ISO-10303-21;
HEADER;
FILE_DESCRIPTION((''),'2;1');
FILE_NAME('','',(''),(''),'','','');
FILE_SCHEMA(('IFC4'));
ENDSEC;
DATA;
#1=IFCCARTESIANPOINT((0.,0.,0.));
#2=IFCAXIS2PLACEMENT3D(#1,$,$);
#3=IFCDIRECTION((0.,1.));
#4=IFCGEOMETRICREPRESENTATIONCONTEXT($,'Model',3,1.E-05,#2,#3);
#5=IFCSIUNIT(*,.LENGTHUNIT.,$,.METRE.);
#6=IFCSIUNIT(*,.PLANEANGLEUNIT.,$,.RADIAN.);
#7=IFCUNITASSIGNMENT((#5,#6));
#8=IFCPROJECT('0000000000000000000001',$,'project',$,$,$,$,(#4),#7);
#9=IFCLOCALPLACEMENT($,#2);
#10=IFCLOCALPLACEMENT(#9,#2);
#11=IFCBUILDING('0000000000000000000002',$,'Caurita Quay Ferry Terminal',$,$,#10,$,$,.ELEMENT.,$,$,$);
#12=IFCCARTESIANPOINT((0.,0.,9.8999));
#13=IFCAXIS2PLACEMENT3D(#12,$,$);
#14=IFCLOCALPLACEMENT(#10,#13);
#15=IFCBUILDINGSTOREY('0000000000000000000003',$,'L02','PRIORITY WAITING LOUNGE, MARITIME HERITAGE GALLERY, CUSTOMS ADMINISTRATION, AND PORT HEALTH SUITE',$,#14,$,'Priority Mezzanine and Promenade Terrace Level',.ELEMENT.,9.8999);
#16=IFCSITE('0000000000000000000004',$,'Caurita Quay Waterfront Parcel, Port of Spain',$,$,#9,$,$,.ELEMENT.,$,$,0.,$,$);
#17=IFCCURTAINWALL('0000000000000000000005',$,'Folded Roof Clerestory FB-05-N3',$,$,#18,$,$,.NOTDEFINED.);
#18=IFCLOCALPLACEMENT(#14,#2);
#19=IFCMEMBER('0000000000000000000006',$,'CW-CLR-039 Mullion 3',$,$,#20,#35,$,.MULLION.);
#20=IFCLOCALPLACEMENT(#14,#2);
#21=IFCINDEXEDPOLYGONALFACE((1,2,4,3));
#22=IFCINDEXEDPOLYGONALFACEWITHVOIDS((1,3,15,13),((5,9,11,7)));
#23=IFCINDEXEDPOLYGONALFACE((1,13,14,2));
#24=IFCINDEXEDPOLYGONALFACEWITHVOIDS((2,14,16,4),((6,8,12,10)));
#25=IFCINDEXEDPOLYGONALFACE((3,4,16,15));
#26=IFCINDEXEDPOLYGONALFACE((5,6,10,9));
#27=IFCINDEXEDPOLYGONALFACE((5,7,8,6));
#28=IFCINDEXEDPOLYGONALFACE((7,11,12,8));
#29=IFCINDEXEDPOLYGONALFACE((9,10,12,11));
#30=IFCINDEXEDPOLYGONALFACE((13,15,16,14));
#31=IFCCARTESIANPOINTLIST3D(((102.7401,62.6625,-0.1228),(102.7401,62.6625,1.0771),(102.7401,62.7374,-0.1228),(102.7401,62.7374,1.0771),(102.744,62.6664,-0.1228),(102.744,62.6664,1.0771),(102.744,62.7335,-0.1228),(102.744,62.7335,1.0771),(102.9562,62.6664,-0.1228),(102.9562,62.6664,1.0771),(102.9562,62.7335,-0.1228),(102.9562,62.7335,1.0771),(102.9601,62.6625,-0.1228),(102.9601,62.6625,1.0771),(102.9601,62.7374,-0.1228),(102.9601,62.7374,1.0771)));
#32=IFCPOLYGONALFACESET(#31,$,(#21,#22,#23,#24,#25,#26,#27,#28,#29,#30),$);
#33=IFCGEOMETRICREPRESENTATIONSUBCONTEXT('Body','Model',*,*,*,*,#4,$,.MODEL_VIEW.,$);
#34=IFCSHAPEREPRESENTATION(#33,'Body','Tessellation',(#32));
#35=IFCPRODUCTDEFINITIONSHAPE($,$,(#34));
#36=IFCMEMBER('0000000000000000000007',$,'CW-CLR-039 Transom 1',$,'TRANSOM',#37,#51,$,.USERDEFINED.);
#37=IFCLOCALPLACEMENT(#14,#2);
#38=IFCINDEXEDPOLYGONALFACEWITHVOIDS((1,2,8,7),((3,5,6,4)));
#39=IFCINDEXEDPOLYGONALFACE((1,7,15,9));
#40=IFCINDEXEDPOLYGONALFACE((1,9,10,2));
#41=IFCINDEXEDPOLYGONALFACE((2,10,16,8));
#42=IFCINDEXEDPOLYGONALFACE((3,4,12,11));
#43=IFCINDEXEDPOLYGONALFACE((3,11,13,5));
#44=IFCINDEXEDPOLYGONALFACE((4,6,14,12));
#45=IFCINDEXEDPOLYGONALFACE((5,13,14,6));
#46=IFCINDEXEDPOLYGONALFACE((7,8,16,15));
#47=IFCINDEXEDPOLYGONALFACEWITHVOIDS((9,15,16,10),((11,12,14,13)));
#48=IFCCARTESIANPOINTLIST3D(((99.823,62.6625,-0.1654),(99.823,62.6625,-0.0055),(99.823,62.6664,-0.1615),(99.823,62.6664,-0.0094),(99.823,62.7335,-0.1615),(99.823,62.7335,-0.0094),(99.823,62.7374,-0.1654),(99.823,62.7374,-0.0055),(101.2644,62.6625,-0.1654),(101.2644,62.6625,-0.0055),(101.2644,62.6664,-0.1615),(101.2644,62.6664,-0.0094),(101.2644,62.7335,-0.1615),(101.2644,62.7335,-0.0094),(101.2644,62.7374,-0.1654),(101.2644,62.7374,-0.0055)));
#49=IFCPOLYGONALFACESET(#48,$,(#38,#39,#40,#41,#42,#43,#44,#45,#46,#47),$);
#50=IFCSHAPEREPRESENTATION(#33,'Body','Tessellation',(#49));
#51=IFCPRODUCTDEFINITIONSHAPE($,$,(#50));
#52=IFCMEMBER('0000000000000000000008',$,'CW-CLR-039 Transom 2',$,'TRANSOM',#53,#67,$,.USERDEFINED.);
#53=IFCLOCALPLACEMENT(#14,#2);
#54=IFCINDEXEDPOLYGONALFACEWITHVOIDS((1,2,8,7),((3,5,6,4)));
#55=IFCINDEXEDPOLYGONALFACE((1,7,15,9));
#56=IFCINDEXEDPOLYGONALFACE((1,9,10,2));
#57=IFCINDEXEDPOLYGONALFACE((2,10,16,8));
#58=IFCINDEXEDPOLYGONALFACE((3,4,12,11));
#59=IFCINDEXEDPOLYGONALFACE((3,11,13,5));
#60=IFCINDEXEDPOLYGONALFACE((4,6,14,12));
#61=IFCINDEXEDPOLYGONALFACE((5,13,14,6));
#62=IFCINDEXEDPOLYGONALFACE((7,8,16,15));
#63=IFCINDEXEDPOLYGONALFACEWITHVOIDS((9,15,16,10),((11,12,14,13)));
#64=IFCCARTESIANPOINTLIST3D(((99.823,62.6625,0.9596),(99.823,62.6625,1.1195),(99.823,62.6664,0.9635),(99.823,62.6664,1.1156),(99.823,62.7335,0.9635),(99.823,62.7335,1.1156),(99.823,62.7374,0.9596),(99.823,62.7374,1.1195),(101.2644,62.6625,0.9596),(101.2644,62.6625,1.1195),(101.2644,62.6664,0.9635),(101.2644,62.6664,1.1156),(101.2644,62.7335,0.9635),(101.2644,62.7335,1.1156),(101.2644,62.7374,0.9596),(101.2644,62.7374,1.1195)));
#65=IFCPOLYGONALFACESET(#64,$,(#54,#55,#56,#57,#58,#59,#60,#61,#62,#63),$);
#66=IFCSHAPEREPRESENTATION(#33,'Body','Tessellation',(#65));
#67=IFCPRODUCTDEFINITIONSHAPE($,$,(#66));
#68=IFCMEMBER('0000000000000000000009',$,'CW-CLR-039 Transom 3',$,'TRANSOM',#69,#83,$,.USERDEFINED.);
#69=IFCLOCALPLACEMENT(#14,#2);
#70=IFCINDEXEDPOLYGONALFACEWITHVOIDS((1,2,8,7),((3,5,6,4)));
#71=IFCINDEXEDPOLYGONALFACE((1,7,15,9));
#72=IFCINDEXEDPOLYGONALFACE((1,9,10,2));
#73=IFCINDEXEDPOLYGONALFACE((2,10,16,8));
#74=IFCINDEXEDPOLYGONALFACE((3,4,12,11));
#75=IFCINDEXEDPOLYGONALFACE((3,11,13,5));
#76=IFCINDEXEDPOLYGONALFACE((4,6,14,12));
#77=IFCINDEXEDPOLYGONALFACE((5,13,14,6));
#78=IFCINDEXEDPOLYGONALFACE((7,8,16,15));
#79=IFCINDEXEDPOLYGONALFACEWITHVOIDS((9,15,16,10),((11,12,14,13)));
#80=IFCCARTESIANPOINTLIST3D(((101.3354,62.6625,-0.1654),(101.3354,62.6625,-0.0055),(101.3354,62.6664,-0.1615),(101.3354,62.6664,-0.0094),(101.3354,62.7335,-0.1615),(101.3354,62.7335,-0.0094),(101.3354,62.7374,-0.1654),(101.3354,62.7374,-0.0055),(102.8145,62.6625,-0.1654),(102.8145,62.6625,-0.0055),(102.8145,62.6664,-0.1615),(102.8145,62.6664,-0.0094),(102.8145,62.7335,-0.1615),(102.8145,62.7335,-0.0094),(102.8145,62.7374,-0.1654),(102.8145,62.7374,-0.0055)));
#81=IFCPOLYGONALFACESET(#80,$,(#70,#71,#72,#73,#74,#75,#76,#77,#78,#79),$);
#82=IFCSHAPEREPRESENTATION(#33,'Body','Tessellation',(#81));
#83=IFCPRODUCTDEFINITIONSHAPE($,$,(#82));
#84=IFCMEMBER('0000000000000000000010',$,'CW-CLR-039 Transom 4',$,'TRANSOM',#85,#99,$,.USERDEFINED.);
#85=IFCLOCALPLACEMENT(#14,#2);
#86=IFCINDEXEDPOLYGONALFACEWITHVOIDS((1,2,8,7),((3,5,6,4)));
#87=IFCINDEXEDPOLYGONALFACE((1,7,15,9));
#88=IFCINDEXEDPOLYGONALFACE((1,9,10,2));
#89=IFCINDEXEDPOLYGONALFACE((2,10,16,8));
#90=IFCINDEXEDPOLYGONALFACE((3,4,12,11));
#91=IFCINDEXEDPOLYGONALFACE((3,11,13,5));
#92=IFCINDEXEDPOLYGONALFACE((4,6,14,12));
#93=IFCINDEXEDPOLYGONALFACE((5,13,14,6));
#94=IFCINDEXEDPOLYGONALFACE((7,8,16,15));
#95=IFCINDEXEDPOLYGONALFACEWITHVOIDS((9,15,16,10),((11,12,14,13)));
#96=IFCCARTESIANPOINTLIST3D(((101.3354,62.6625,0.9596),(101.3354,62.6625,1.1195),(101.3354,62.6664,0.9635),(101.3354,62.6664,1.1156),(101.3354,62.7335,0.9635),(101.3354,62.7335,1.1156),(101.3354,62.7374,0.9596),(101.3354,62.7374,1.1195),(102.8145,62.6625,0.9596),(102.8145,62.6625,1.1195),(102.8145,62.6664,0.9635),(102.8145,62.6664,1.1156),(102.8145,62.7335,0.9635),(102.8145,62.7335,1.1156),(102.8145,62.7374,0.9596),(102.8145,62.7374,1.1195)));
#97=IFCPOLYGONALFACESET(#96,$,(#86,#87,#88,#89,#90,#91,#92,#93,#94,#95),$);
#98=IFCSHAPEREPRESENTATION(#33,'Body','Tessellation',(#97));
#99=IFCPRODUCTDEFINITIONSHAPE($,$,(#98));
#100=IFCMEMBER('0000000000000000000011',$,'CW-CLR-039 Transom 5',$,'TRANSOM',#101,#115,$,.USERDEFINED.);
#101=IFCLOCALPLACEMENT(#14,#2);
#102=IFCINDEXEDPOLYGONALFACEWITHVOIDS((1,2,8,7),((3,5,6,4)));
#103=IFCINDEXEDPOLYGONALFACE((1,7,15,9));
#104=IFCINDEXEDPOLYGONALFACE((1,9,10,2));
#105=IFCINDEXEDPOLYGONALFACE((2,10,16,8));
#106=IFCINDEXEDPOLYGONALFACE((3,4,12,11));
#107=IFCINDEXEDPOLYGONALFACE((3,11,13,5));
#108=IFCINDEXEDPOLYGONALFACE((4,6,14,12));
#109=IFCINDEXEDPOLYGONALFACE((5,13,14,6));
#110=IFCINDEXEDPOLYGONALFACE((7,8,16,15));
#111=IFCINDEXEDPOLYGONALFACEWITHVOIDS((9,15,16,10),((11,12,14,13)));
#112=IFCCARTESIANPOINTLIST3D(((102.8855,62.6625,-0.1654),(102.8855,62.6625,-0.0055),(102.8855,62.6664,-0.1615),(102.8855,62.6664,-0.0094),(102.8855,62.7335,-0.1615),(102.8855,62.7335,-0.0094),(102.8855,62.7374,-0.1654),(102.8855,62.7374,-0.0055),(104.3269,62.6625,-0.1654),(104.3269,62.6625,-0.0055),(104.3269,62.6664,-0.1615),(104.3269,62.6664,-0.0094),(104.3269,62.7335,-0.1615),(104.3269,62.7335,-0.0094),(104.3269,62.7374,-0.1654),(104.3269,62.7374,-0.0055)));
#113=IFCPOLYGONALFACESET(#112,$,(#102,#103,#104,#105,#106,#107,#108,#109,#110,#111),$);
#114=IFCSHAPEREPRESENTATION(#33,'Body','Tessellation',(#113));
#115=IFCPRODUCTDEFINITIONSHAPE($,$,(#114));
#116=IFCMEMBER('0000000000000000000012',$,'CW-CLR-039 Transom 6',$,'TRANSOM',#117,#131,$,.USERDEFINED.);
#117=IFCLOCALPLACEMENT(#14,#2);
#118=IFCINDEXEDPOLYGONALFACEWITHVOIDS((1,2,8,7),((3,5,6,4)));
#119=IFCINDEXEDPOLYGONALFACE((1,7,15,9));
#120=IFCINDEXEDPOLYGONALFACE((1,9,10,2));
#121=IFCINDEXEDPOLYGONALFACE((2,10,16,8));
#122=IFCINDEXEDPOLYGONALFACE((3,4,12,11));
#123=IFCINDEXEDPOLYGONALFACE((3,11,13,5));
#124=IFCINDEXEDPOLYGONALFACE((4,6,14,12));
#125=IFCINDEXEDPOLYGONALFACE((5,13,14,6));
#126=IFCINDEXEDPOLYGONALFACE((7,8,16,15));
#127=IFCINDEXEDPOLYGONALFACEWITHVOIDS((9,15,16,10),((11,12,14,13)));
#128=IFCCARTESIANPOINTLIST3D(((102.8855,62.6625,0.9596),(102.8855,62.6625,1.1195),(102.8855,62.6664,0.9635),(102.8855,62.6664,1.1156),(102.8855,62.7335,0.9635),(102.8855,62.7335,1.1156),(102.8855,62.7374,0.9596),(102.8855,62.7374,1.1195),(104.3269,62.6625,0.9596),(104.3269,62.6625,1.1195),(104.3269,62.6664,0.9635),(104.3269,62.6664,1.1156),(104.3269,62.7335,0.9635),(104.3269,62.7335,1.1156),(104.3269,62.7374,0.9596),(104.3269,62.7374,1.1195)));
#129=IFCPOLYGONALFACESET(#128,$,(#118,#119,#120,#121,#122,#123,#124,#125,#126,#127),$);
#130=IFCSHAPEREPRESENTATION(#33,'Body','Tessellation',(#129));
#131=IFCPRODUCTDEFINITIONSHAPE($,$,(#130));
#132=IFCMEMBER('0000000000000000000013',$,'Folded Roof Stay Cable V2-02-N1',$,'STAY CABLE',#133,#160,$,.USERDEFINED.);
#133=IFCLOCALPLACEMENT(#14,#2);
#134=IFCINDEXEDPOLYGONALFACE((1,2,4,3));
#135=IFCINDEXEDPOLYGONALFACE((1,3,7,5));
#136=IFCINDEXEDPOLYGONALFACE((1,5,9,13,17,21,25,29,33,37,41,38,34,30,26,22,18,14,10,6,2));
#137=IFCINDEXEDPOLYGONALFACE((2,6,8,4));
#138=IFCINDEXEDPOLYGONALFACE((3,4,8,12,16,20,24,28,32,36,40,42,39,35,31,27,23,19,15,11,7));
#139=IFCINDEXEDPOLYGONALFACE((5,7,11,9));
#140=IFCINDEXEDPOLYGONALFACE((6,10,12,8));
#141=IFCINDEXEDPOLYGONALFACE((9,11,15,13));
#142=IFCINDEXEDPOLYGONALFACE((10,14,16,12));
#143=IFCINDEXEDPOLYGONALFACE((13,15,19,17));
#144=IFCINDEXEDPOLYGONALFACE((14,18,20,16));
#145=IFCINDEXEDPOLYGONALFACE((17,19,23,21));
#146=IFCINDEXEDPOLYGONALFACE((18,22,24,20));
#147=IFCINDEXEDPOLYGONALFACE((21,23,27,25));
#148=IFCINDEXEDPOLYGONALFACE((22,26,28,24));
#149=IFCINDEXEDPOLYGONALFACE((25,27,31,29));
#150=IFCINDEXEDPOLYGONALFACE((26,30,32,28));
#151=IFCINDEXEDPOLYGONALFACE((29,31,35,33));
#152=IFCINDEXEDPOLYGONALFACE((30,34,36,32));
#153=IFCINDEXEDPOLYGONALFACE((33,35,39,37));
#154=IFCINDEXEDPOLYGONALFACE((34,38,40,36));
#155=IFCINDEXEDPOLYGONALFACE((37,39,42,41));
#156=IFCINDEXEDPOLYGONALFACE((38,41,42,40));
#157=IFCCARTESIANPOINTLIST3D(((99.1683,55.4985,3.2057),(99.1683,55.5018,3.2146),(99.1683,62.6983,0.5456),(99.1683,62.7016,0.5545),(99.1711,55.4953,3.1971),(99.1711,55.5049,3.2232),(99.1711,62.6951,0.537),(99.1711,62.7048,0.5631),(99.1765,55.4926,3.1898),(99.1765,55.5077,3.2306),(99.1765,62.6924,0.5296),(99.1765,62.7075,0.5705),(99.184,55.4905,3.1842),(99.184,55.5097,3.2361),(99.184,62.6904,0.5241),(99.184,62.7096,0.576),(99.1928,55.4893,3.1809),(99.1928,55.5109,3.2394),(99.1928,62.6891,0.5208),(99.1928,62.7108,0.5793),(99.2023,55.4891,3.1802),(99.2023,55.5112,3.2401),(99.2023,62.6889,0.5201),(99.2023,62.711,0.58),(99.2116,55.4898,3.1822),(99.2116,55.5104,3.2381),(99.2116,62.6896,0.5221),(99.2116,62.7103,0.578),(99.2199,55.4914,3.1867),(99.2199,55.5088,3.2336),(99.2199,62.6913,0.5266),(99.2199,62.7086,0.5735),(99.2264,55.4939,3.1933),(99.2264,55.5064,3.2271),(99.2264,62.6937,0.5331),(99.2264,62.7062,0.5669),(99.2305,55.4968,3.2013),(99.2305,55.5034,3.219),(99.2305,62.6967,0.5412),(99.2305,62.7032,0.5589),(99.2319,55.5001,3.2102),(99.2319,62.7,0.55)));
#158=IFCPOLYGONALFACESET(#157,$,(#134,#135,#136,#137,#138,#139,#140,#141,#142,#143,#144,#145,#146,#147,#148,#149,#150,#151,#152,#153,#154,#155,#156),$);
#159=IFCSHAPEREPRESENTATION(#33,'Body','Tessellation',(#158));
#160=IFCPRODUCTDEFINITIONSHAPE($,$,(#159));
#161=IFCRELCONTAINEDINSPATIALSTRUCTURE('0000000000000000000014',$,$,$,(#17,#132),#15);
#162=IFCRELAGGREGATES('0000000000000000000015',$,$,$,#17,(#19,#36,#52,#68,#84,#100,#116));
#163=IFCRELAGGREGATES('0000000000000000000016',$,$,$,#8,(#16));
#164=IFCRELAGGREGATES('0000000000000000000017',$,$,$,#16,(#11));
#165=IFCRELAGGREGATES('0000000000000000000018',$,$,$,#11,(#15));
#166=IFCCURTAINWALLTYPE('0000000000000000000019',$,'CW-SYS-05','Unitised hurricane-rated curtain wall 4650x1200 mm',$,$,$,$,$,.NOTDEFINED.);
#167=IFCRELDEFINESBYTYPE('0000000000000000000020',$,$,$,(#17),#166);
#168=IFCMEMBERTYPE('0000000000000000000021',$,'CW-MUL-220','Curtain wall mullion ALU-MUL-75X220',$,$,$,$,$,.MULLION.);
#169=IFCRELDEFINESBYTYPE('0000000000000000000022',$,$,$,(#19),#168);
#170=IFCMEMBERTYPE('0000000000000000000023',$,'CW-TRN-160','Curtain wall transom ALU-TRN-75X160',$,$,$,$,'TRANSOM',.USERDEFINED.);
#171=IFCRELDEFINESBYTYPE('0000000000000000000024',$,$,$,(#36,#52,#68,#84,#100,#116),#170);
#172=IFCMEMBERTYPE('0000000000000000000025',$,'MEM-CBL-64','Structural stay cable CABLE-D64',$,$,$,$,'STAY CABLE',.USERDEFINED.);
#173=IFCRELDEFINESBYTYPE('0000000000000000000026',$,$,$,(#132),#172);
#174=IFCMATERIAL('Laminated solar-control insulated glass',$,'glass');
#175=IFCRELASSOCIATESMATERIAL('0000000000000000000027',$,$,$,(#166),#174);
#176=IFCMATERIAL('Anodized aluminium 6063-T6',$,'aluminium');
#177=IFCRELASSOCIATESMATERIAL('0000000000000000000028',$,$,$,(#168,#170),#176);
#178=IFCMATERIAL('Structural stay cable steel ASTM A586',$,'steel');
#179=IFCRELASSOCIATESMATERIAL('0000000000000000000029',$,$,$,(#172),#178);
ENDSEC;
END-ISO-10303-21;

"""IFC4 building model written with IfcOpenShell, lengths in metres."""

from ifc_helpers import new_model, si_unit, direction, frame, origin, origin_2d, place, context, subcontext, project, spatial, hollow_rectangle, circle, extrude, material, material_profile, profile_set, type_object, element, aggregate, save


model = new_model("IFC4")

# Units and contexts
model_context = context("Model", 3, precision=1e-05, world=origin(), true_north=direction((0.0, 1.0)))
body_context = subcontext(model_context, "Body", "Model", "MODEL_VIEW")
ifc_project = project(units=[si_unit("LENGTHUNIT", "METRE"), si_unit("PLANEANGLEUNIT", "RADIAN")], contexts=[model_context])

# Site, building, storey
site_placement = place(None, origin())
site = spatial("IfcSite", under=ifc_project, at=site_placement, Name="Caurita Quay Waterfront Parcel, Port of Spain", CompositionType="ELEMENT", RefElevation=0.0)
building_placement = place(site_placement, origin())
building = spatial("IfcBuilding", under=site, at=building_placement, Name="Caurita Quay Ferry Terminal", CompositionType="ELEMENT")
storey_placement = place(building_placement, frame((0.0, 0.0, 9.8999)))
storey = spatial("IfcBuildingStorey", under=building, at=storey_placement, Name="L02", Description="PRIORITY WAITING LOUNGE, MARITIME HERITAGE GALLERY, CUSTOMS ADMINISTRATION, AND PORT HEALTH SUITE", LongName="Priority Mezzanine and Promenade Terrace Level", CompositionType="ELEMENT", Elevation=9.8999)

# Shared definitions
ifc_material_1 = material(Name="Laminated solar-control insulated glass", Category="glass")
curtain_wall_type = type_object("IfcCurtainWallType", Name="CW-SYS-05", Description="Unitised hurricane-rated curtain wall 4650x1200 mm", PredefinedType="NOTDEFINED", material=ifc_material_1)
ifc_material_2 = material(Name="Anodized aluminium 6063-T6", Category="aluminium")
ifc_material_profile_1 = material_profile(ifc_material_2, hollow_rectangle(XDim=0.075, YDim=0.22, WallThickness=0.0039, at=origin_2d()), Name="ALU-MUL-75X220")
ifc_profile_set_1 = profile_set([ifc_material_profile_1], Name="Anodized aluminium 6063-T6")
member_type_1 = type_object("IfcMemberType", Name="CW-MUL-220", Description="Curtain wall mullion ALU-MUL-75X220", PredefinedType="MULLION", material=ifc_profile_set_1)

# Curtain wall, members
curtain_wall_1_placement = place(storey_placement, origin())
curtain_wall_1 = element("IfcCurtainWall", 1, at=curtain_wall_1_placement, inside=storey, type_object=curtain_wall_type, Name="Folded Roof Clerestory FB-05-N3", PredefinedType="NOTDEFINED")
member_1_placement = place(storey_placement, frame((102.8501, 62.7, -0.1228), z_axis=(0.0, 0.0, 1.0), x_axis=(0.0, 1.0, 0.0)))
member_1 = element("IfcMember", 2, at=member_1_placement, type_object=member_type_1, Name="CW-CLR-039 Mullion 3", PredefinedType="MULLION", context=body_context, shape_type="SweptSolid", body=[
    extrude(hollow_rectangle(XDim=0.075, YDim=0.22, WallThickness=0.0039, at=origin_2d()), origin(), (0.0, 0.0, 1.0), 1.2),
])
ifc_material_profile_2 = material_profile(ifc_material_2, hollow_rectangle(XDim=0.075, YDim=0.1599, WallThickness=0.0039, at=origin_2d()), Name="ALU-TRN-75X160")
ifc_profile_set_2 = profile_set([ifc_material_profile_2], Name="Anodized aluminium 6063-T6")
member_type_2 = type_object("IfcMemberType", Name="CW-TRN-160", Description="Curtain wall transom ALU-TRN-75X160", ElementType="TRANSOM", PredefinedType="USERDEFINED", material=ifc_profile_set_2)
member_2_placement = place(storey_placement, frame((99.823, 62.7, -0.0854), z_axis=(1.0, 0.0, 0.0), x_axis=(0.0, 1.0, 0.0)))
member_2 = element("IfcMember", 3, at=member_2_placement, type_object=member_type_2, Name="CW-CLR-039 Transom 1", ObjectType="TRANSOM", PredefinedType="USERDEFINED", context=body_context, shape_type="SweptSolid", body=[
    extrude(hollow_rectangle(XDim=0.075, YDim=0.1599, WallThickness=0.0039, at=origin_2d()), origin(), (0.0, 0.0, 1.0), 1.4414),
])
member_3_placement = place(storey_placement, frame((99.823, 62.7, 1.0396), z_axis=(1.0, 0.0, 0.0), x_axis=(0.0, 1.0, 0.0)))
member_3 = element("IfcMember", 4, at=member_3_placement, type_object=member_type_2, Name="CW-CLR-039 Transom 2", ObjectType="TRANSOM", PredefinedType="USERDEFINED", context=body_context, shape_type="SweptSolid", body=[
    extrude(hollow_rectangle(XDim=0.075, YDim=0.1599, WallThickness=0.0039, at=origin_2d()), origin(), (0.0, 0.0, 1.0), 1.4414),
])
member_4_placement = place(storey_placement, frame((101.3354, 62.7, -0.0854), z_axis=(1.0, 0.0, 0.0), x_axis=(0.0, 1.0, 0.0)))
member_4 = element("IfcMember", 5, at=member_4_placement, type_object=member_type_2, Name="CW-CLR-039 Transom 3", ObjectType="TRANSOM", PredefinedType="USERDEFINED", context=body_context, shape_type="SweptSolid", body=[
    extrude(hollow_rectangle(XDim=0.075, YDim=0.1599, WallThickness=0.0039, at=origin_2d()), origin(), (0.0, 0.0, 1.0), 1.479),
])
member_5_placement = place(storey_placement, frame((101.3354, 62.7, 1.0396), z_axis=(1.0, 0.0, 0.0), x_axis=(0.0, 1.0, 0.0)))
member_5 = element("IfcMember", 6, at=member_5_placement, type_object=member_type_2, Name="CW-CLR-039 Transom 4", ObjectType="TRANSOM", PredefinedType="USERDEFINED", context=body_context, shape_type="SweptSolid", body=[
    extrude(hollow_rectangle(XDim=0.075, YDim=0.1599, WallThickness=0.0039, at=origin_2d()), origin(), (0.0, 0.0, 1.0), 1.479),
])
member_6_placement = place(storey_placement, frame((102.8855, 62.7, -0.0854), z_axis=(1.0, 0.0, 0.0), x_axis=(0.0, 1.0, 0.0)))
member_6 = element("IfcMember", 7, at=member_6_placement, type_object=member_type_2, Name="CW-CLR-039 Transom 5", ObjectType="TRANSOM", PredefinedType="USERDEFINED", context=body_context, shape_type="SweptSolid", body=[
    extrude(hollow_rectangle(XDim=0.075, YDim=0.1599, WallThickness=0.0039, at=origin_2d()), origin(), (0.0, 0.0, 1.0), 1.4414),
])
member_7_placement = place(storey_placement, frame((102.8855, 62.7, 1.0396), z_axis=(1.0, 0.0, 0.0), x_axis=(0.0, 1.0, 0.0)))
member_7 = element("IfcMember", 8, at=member_7_placement, type_object=member_type_2, Name="CW-CLR-039 Transom 6", ObjectType="TRANSOM", PredefinedType="USERDEFINED", context=body_context, shape_type="SweptSolid", body=[
    extrude(hollow_rectangle(XDim=0.075, YDim=0.1599, WallThickness=0.0039, at=origin_2d()), origin(), (0.0, 0.0, 1.0), 1.4414),
])

# Member
ifc_material_3 = material(Name="Structural stay cable steel ASTM A586", Category="steel")
ifc_material_profile_3 = material_profile(ifc_material_3, circle(Radius=0.032, at=origin_2d()), Name="CABLE-D64")
ifc_profile_set_3 = profile_set([ifc_material_profile_3], Name="Structural stay cable steel ASTM A586")
member_type_3 = type_object("IfcMemberType", Name="MEM-CBL-64", Description="Structural stay cable CABLE-D64", ElementType="STAY CABLE", PredefinedType="USERDEFINED", material=ifc_profile_set_3)
member_8_placement = place(storey_placement, frame((99.2, 62.7, 0.55), z_axis=(0.0, -0.938024, 0.34657), x_axis=(1.0, 0.0, 0.0)))
element("IfcMember", 9, at=member_8_placement, inside=storey, type_object=member_type_3, Name="Folded Roof Stay Cable V2-02-N1", ObjectType="STAY CABLE", PredefinedType="USERDEFINED", context=body_context, shape_type="SweptSolid", body=[
    extrude(circle(Radius=0.032, at=origin_2d()), origin(), (0.0, 0.0, 1.0), 7.6755),
])

aggregate(curtain_wall_1, [member_1, member_2, member_3, member_4, member_5, member_6, member_7])

save(model, "model.ifc")
